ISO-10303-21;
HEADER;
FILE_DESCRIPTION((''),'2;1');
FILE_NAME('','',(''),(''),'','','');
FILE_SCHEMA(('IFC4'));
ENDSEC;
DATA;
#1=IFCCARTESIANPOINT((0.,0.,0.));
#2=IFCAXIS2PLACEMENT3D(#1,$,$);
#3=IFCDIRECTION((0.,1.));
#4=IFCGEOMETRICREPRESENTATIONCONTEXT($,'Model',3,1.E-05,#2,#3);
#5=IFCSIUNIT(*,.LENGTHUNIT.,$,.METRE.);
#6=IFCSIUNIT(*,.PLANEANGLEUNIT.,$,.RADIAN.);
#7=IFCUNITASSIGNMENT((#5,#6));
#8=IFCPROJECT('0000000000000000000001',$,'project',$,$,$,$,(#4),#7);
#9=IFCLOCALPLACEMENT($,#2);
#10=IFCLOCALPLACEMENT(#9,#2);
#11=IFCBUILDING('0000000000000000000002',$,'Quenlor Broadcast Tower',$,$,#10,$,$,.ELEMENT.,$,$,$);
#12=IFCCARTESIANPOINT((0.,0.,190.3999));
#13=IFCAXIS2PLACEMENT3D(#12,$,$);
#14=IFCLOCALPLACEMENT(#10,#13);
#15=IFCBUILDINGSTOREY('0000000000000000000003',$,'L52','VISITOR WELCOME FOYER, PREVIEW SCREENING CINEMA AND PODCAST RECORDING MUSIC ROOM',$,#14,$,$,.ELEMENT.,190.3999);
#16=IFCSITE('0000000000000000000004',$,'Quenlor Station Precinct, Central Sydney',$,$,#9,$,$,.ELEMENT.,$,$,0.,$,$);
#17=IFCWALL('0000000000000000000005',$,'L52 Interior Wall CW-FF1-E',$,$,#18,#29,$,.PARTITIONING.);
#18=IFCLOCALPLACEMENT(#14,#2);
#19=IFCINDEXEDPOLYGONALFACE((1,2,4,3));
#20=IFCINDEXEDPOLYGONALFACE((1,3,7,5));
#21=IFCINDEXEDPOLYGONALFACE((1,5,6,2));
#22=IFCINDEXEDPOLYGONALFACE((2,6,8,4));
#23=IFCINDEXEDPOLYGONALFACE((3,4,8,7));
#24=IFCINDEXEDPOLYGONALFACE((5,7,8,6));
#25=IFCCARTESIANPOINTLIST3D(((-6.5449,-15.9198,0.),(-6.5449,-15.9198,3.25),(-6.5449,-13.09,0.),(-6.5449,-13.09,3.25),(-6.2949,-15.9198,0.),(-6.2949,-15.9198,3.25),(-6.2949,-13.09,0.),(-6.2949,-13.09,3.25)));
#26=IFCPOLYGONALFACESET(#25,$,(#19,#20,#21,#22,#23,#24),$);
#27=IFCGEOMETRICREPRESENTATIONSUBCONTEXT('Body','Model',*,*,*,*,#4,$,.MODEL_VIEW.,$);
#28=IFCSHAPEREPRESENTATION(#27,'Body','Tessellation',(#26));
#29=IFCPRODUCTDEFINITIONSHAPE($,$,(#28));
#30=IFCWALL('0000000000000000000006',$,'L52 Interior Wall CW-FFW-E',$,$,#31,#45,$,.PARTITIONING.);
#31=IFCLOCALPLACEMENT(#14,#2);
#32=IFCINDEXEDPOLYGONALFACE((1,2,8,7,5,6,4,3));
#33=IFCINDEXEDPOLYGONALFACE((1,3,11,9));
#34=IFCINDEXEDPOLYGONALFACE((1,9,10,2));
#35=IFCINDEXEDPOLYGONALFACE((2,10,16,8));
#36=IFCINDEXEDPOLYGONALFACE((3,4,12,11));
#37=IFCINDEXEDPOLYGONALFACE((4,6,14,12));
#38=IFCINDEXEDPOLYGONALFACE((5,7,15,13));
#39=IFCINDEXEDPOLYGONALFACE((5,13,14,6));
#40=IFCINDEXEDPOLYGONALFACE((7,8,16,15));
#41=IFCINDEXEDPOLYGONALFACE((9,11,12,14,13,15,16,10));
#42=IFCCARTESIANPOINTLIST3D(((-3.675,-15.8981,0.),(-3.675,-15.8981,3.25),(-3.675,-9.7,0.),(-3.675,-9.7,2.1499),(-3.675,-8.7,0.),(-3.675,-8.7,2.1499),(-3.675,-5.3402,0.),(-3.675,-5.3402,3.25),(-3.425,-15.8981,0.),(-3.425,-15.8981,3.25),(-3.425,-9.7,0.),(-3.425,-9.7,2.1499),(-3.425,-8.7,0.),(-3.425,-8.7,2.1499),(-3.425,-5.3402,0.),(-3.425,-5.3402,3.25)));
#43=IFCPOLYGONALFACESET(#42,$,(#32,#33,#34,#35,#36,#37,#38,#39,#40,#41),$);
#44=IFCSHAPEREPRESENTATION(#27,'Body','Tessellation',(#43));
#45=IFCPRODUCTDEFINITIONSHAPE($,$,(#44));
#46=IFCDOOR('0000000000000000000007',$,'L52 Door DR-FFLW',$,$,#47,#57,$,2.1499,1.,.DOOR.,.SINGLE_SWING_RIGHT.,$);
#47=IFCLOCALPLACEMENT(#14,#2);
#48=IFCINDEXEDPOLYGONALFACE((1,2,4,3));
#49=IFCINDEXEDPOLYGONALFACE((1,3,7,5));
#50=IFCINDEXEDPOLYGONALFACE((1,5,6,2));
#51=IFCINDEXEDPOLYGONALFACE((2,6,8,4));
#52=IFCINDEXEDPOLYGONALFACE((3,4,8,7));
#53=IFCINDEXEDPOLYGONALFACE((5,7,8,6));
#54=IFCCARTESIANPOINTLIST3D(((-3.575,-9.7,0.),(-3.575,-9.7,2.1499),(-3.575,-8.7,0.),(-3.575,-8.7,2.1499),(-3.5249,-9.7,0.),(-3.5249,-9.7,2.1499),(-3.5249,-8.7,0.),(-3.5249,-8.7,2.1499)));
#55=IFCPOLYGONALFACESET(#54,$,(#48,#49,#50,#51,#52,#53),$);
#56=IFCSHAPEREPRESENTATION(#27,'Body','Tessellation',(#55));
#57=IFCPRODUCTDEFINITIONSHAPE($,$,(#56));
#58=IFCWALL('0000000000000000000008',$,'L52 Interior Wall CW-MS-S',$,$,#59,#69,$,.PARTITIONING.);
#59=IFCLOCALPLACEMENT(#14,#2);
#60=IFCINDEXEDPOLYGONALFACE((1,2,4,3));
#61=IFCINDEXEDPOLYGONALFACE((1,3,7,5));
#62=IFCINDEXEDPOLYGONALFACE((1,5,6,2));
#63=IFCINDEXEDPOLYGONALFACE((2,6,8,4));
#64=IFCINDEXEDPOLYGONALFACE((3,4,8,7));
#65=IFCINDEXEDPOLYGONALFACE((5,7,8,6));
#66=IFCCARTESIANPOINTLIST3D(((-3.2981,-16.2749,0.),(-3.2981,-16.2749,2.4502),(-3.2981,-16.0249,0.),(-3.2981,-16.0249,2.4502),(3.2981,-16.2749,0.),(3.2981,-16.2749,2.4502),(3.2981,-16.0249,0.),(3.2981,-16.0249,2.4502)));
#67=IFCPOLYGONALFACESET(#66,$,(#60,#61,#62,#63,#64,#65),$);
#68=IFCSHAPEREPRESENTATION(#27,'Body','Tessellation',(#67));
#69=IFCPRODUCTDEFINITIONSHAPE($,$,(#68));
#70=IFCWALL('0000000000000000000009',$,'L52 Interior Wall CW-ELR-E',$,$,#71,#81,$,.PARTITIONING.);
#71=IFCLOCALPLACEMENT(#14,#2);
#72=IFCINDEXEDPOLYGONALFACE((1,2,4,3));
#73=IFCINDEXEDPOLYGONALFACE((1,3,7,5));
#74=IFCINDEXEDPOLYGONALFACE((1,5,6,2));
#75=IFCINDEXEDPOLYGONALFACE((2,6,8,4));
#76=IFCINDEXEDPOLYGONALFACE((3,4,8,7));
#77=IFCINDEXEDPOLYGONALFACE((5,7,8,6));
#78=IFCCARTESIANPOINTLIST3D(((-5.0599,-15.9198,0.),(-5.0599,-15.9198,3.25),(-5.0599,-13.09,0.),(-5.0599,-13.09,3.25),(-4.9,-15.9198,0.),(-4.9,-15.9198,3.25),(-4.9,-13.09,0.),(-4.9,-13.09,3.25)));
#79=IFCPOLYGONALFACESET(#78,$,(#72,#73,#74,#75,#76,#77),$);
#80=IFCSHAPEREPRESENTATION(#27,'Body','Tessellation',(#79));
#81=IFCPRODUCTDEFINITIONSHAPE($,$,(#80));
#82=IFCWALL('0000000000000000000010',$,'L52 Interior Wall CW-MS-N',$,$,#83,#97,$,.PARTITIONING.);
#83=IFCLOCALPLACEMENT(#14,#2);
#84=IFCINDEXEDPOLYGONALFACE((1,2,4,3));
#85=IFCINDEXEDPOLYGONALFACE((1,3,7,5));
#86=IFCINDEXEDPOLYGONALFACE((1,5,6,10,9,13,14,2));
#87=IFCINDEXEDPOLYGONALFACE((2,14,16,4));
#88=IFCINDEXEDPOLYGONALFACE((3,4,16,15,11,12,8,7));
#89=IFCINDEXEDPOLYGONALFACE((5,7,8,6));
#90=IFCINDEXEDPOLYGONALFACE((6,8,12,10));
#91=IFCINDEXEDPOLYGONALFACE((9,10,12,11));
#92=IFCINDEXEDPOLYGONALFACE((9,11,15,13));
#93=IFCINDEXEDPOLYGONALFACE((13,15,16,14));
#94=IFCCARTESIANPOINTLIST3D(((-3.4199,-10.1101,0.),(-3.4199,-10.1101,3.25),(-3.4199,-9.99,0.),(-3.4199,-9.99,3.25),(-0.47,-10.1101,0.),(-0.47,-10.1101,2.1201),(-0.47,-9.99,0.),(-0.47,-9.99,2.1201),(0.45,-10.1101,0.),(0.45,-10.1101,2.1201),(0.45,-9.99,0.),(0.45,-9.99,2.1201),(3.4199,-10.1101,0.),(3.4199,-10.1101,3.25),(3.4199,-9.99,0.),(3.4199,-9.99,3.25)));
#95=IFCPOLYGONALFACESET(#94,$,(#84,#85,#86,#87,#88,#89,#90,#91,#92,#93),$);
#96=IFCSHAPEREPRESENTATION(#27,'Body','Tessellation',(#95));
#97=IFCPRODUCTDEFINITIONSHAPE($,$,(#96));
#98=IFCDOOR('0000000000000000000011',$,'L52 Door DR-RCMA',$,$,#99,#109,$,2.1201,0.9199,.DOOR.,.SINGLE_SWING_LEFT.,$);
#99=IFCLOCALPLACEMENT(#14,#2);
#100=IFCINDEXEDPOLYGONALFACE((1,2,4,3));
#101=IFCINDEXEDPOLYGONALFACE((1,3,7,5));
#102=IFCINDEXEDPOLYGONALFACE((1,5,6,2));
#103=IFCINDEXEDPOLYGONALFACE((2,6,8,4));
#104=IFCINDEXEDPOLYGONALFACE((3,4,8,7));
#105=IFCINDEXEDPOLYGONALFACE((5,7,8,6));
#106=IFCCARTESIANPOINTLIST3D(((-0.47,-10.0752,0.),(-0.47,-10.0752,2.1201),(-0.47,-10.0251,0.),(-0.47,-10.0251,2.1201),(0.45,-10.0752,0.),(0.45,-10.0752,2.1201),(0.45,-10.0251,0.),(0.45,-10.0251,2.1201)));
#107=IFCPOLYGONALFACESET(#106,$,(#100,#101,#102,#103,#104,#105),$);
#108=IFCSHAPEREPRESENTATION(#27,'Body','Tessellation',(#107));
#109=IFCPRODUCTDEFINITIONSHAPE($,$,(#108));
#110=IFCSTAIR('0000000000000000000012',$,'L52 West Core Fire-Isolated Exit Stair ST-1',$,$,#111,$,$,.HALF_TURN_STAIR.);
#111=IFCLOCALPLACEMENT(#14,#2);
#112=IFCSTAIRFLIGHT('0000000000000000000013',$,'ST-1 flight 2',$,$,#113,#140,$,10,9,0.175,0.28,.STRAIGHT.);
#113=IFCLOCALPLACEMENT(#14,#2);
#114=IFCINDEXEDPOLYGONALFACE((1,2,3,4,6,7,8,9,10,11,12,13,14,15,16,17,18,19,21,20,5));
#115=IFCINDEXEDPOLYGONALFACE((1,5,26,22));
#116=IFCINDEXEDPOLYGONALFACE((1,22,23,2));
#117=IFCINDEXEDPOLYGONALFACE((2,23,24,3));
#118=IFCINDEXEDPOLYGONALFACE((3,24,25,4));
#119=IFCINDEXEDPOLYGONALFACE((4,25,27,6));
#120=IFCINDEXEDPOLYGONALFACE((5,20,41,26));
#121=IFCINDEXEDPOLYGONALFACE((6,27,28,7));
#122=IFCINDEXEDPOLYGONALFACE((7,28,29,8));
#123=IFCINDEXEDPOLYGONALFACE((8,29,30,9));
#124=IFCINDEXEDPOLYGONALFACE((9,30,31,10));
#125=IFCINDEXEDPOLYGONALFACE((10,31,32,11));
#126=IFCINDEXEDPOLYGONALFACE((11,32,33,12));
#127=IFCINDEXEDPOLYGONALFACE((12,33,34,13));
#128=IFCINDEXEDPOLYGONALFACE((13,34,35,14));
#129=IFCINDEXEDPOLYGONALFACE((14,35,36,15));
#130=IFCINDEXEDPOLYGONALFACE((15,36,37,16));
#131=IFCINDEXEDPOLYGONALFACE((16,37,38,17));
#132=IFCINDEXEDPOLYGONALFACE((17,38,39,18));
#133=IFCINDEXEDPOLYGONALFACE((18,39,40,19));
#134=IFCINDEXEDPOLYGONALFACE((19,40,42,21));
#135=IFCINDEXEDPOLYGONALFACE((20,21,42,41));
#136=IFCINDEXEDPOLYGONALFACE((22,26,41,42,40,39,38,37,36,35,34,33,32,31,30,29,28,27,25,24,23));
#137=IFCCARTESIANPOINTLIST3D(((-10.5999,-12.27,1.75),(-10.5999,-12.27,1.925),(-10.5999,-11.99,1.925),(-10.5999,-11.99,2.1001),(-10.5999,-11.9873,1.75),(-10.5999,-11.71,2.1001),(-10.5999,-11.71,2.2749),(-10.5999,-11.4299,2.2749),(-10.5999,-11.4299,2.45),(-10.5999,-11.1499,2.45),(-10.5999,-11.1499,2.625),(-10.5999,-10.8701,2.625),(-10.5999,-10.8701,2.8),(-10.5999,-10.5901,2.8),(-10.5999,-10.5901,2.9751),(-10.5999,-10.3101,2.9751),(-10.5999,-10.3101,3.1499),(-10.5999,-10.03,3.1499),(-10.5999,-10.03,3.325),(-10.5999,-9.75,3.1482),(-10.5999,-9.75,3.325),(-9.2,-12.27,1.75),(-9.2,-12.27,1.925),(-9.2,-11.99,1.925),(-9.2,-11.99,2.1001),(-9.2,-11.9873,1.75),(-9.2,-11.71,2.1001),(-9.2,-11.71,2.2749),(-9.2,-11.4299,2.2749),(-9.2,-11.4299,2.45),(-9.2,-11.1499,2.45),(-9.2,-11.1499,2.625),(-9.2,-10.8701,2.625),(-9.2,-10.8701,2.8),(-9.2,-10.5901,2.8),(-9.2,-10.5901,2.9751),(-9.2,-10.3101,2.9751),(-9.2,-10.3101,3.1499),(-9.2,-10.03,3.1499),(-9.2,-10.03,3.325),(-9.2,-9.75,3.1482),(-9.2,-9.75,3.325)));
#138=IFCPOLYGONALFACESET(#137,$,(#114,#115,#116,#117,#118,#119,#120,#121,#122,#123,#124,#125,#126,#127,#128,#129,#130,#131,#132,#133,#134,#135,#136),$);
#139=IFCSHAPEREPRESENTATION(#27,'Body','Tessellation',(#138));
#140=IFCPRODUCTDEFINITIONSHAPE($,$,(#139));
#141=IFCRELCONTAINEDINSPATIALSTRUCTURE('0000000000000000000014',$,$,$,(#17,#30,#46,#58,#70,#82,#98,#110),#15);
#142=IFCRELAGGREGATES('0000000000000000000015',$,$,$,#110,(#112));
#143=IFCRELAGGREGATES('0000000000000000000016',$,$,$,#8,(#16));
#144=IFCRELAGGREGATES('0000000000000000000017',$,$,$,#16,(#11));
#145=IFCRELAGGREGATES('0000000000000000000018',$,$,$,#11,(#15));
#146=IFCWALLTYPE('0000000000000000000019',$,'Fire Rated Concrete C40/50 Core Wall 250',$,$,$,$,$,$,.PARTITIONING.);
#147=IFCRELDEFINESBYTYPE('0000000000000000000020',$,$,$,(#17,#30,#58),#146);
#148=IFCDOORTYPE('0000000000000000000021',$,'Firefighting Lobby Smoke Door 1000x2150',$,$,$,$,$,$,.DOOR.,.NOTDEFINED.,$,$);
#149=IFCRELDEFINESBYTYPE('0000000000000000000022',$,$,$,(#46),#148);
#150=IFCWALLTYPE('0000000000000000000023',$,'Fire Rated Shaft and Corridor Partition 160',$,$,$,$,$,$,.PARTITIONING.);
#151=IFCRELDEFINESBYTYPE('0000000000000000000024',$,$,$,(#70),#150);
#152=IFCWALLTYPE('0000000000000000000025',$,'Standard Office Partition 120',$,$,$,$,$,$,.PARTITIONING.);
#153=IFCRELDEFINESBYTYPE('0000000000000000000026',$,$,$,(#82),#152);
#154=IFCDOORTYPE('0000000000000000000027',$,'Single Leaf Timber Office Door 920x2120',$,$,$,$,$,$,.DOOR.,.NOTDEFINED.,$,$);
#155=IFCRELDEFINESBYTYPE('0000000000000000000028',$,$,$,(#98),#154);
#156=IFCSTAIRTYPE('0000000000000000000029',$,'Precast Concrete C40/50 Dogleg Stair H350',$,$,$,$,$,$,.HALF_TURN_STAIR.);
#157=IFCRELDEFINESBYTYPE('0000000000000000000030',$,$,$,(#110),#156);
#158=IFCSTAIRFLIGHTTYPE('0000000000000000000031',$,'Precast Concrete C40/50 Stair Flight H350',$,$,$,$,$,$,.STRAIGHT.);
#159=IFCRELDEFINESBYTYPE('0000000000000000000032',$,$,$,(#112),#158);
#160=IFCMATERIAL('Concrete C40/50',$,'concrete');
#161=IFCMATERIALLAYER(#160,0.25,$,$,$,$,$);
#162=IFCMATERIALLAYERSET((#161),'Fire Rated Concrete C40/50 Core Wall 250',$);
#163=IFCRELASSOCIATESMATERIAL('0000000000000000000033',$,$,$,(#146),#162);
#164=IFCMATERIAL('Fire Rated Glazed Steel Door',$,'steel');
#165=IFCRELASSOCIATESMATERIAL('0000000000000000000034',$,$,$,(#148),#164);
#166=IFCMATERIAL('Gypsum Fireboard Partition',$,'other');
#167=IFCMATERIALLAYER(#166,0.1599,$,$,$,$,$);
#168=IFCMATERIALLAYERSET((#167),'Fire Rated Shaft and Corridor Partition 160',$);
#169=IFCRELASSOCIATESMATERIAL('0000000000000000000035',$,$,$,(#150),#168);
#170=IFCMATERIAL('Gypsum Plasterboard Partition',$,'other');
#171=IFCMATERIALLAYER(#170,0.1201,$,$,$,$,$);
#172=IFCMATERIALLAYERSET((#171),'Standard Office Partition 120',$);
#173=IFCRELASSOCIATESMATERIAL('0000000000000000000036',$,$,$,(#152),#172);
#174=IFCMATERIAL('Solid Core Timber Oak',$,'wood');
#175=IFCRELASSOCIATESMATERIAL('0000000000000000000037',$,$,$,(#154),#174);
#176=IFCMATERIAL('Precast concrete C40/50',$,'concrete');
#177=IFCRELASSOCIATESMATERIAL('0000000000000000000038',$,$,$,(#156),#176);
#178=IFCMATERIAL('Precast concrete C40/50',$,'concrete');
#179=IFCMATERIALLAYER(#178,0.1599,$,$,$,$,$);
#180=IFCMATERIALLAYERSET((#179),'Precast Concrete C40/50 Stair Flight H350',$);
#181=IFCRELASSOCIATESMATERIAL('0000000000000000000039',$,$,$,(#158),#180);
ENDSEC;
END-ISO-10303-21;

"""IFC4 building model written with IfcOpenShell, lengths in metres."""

from ifc_helpers import new_model, si_unit, direction, frame, frame_2d, origin, place, context, subcontext, project, spatial, polyline, rectangle, outline, extrude, material, layer, layer_set, type_object, element, fill, aggregate, save


model = new_model("IFC4")

# Units and contexts
model_context = context("Model", 3, precision=1e-05, world=origin(), true_north=direction((0.0, 1.0)))
body_context = subcontext(model_context, "Body", "Model", "MODEL_VIEW")
ifc_project = project(units=[si_unit("LENGTHUNIT", "METRE"), si_unit("PLANEANGLEUNIT", "RADIAN")], contexts=[model_context])

# Site, building, storey
site_placement = place(None, origin())
site = spatial("IfcSite", under=ifc_project, at=site_placement, Name="Quenlor Station Precinct, Central Sydney", CompositionType="ELEMENT", RefElevation=0.0)
building_placement = place(site_placement, origin())
building = spatial("IfcBuilding", under=site, at=building_placement, Name="Quenlor Broadcast Tower", CompositionType="ELEMENT")
storey_placement = place(building_placement, frame((0.0, 0.0, 190.3999)))
storey = spatial("IfcBuildingStorey", under=building, at=storey_placement, Name="L52", Description="VISITOR WELCOME FOYER, PREVIEW SCREENING CINEMA AND PODCAST RECORDING MUSIC ROOM", CompositionType="ELEMENT", Elevation=190.3999)

# Shared definitions
ifc_material_1 = material(Name="Concrete C40/50", Category="concrete")
ifc_layer_1 = layer(ifc_material_1, 0.25)
ifc_layer_set_1 = layer_set([ifc_layer_1], Name="Fire Rated Concrete C40/50 Core Wall 250")
wall_type_1 = type_object("IfcWallType", Name="Fire Rated Concrete C40/50 Core Wall 250", PredefinedType="PARTITIONING", material=ifc_layer_set_1)

# Wall
wall_1_placement = place(storey_placement, frame((-6.4199, -15.9199, 0.0), z_axis=(0.0, 0.0, 1.0), x_axis=(0.0, 1.0, 0.0)))
element("IfcWall", 1, at=wall_1_placement, inside=storey, type_object=wall_type_1, Name="L52 Interior Wall CW-FF1-E", PredefinedType="PARTITIONING", context=body_context, shape_type="SweptSolid", body=[
    extrude(rectangle(XDim=2.8298, YDim=0.25, at=frame_2d((1.415, 0.0))), origin(), (0.0, 0.0, 1.0), 3.25),
])

# Wall, opening, door
wall_2_placement = place(storey_placement, frame((-3.55, -15.8979, 0.0), z_axis=(0.0, 0.0, 1.0), x_axis=(0.0, 1.0, 0.0)))
wall_2 = element("IfcWall", 2, at=wall_2_placement, inside=storey, type_object=wall_type_1, Name="L52 Interior Wall CW-FFW-E", PredefinedType="PARTITIONING", context=body_context, shape_type="SweptSolid", body=[
    extrude(rectangle(XDim=10.5579, YDim=0.25, at=frame_2d((5.2788, 0.0))), origin(), (0.0, 0.0, 1.0), 3.25),
])
opening_1_placement = place(wall_2_placement, frame((6.198, 0.0, 0.0)))
opening_1 = element("IfcOpeningElement", 3, at=opening_1_placement, cuts=wall_2, PredefinedType="OPENING", context=body_context, shape_type="SweptSolid", body=[
    extrude(rectangle(XDim=1.0, YDim=2.1499, at=frame_2d((0.5, 1.075))), frame((0.0, 0.135, 0.0), z_axis=(0.0, -1.0, 0.0), x_axis=(1.0, 0.0, 0.0)), (0.0, 0.0, 1.0), 0.27),
])
ifc_material_2 = material(Name="Fire Rated Glazed Steel Door", Category="steel")
door_type_1 = type_object("IfcDoorType", Name="Firefighting Lobby Smoke Door 1000x2150", OperationType="NOTDEFINED", PredefinedType="DOOR", material=ifc_material_2)
door_1_placement = place(opening_1_placement, origin())
door_1 = element("IfcDoor", 4, at=door_1_placement, inside=storey, type_object=door_type_1, Name="L52 Door DR-FFLW", OperationType="SINGLE_SWING_RIGHT", OverallHeight=2.1499, OverallWidth=1.0, PredefinedType="DOOR", context=body_context, shape_type="SweptSolid", body=[
    extrude(rectangle(XDim=1.0, YDim=2.1499, at=frame_2d((0.5, 1.075))), frame((0.0, 0.0249, 0.0), z_axis=(0.0, -1.0, 0.0), x_axis=(1.0, 0.0, 0.0)), (0.0, 0.0, 1.0), 0.05),
])
fill(opening_1, door_1)

# Walls
wall_3_placement = place(storey_placement, frame((-3.2981, -16.1499, 0.0), z_axis=(0.0, 0.0, 1.0), x_axis=(1.0, 0.0, 0.0)))
element("IfcWall", 5, at=wall_3_placement, inside=storey, type_object=wall_type_1, Name="L52 Interior Wall CW-MS-S", PredefinedType="PARTITIONING", context=body_context, shape_type="SweptSolid", body=[
    extrude(rectangle(XDim=6.5962, YDim=0.25, at=frame_2d((3.2981, 0.0))), origin(), (0.0, 0.0, 1.0), 2.4502),
])
ifc_material_3 = material(Name="Gypsum Fireboard Partition", Category="other")
ifc_layer_2 = layer(ifc_material_3, 0.1599)
ifc_layer_set_2 = layer_set([ifc_layer_2], Name="Fire Rated Shaft and Corridor Partition 160")
wall_type_2 = type_object("IfcWallType", Name="Fire Rated Shaft and Corridor Partition 160", PredefinedType="PARTITIONING", material=ifc_layer_set_2)
wall_4_placement = place(storey_placement, frame((-4.98, -15.9199, 0.0), z_axis=(0.0, 0.0, 1.0), x_axis=(0.0, 1.0, 0.0)))
element("IfcWall", 6, at=wall_4_placement, inside=storey, type_object=wall_type_2, Name="L52 Interior Wall CW-ELR-E", PredefinedType="PARTITIONING", context=body_context, shape_type="SweptSolid", body=[
    extrude(rectangle(XDim=2.8298, YDim=0.1599, at=frame_2d((1.415, 0.0))), origin(), (0.0, 0.0, 1.0), 3.25),
])

# Wall, opening, door
ifc_material_4 = material(Name="Gypsum Plasterboard Partition", Category="other")
ifc_layer_3 = layer(ifc_material_4, 0.1201)
ifc_layer_set_3 = layer_set([ifc_layer_3], Name="Standard Office Partition 120")
wall_type_3 = type_object("IfcWallType", Name="Standard Office Partition 120", PredefinedType="PARTITIONING", material=ifc_layer_set_3)
wall_5_placement = place(storey_placement, frame((-3.4199, -10.05, 0.0), z_axis=(0.0, 0.0, 1.0), x_axis=(1.0, 0.0, 0.0)))
wall_5 = element("IfcWall", 7, at=wall_5_placement, inside=storey, type_object=wall_type_3, Name="L52 Interior Wall CW-MS-N", PredefinedType="PARTITIONING", context=body_context, shape_type="SweptSolid", body=[
    extrude(rectangle(XDim=6.8398, YDim=0.1201, at=frame_2d((3.4199, 0.0))), origin(), (0.0, 0.0, 1.0), 3.25),
])
opening_2_placement = place(wall_5_placement, frame((2.95, 0.0, 0.0)))
opening_2 = element("IfcOpeningElement", 8, at=opening_2_placement, cuts=wall_5, PredefinedType="OPENING", context=body_context, shape_type="SweptSolid", body=[
    extrude(rectangle(XDim=0.9199, YDim=2.1201, at=frame_2d((0.46, 1.0601))), frame((0.0, 0.0701, 0.0), z_axis=(0.0, -1.0, 0.0), x_axis=(1.0, 0.0, 0.0)), (0.0, 0.0, 1.0), 0.1401),
])
ifc_material_5 = material(Name="Solid Core Timber Oak", Category="wood")
door_type_2 = type_object("IfcDoorType", Name="Single Leaf Timber Office Door 920x2120", OperationType="NOTDEFINED", PredefinedType="DOOR", material=ifc_material_5)
door_2_placement = place(opening_2_placement, origin())
door_2 = element("IfcDoor", 9, at=door_2_placement, inside=storey, type_object=door_type_2, Name="L52 Door DR-RCMA", OperationType="SINGLE_SWING_LEFT", OverallHeight=2.1201, OverallWidth=0.9199, PredefinedType="DOOR", context=body_context, shape_type="SweptSolid", body=[
    extrude(rectangle(XDim=0.9199, YDim=2.1201, at=frame_2d((0.46, 1.0601))), frame((0.0, 0.0249, 0.0), z_axis=(0.0, -1.0, 0.0), x_axis=(1.0, 0.0, 0.0)), (0.0, 0.0, 1.0), 0.05),
])
fill(opening_2, door_2)

# Stair, stair flight
ifc_material_6 = material(Name="Precast concrete C40/50", Category="concrete")
stair_type = type_object("IfcStairType", Name="Precast Concrete C40/50 Dogleg Stair H350", PredefinedType="HALF_TURN_STAIR", material=ifc_material_6)
stair_placement = place(storey_placement, origin())
stair = element("IfcStair", 10, at=stair_placement, inside=storey, type_object=stair_type, Name="L52 West Core Fire-Isolated Exit Stair ST-1", PredefinedType="HALF_TURN_STAIR")
ifc_material_7 = material(Name="Precast concrete C40/50", Category="concrete")
ifc_layer_4 = layer(ifc_material_7, 0.1599)
ifc_layer_set_4 = layer_set([ifc_layer_4], Name="Precast Concrete C40/50 Stair Flight H350")
stair_flight_type = type_object("IfcStairFlightType", Name="Precast Concrete C40/50 Stair Flight H350", PredefinedType="STRAIGHT", material=ifc_layer_set_4)
stair_flight_placement = place(storey_placement, frame((-9.8999, -12.27, 1.75), z_axis=(0.0, 0.0, 1.0), x_axis=(0.0, 1.0, 0.0)))
stair_flight = element("IfcStairFlight", 11, at=stair_flight_placement, type_object=stair_flight_type, Name="ST-1 flight 2", NumberOfRisers=10, NumberOfTreads=9, PredefinedType="STRAIGHT", RiserHeight=0.175, TreadLength=0.28, context=body_context, shape_type="SweptSolid", body=[
    extrude(outline(polyline([(0.0, 0.0), (0.0, 0.175), (0.28, 0.175), (0.28, 0.3501), (0.5601, 0.3501), (0.5601, 0.5249), (0.8401, 0.5249), (0.8401, 0.7), (1.1201, 0.7), (1.1201, 0.875), (1.3999, 0.875), (1.3999, 1.05), (1.6799, 1.05), (1.6799, 1.2251), (1.96, 1.2251), (1.96, 1.3999), (2.24, 1.3999), (2.24, 1.575), (2.52, 1.575), (2.52, 1.75), (2.52, 1.3982), (0.2827, 0.0), (0.0, 0.0)])), frame((0.0, 0.7, 0.0), z_axis=(0.0, -1.0, 0.0), x_axis=(1.0, 0.0, 0.0)), (0.0, 0.0, 1.0), 1.3999),
])
aggregate(stair, [stair_flight])

save(model, "model.ifc")
